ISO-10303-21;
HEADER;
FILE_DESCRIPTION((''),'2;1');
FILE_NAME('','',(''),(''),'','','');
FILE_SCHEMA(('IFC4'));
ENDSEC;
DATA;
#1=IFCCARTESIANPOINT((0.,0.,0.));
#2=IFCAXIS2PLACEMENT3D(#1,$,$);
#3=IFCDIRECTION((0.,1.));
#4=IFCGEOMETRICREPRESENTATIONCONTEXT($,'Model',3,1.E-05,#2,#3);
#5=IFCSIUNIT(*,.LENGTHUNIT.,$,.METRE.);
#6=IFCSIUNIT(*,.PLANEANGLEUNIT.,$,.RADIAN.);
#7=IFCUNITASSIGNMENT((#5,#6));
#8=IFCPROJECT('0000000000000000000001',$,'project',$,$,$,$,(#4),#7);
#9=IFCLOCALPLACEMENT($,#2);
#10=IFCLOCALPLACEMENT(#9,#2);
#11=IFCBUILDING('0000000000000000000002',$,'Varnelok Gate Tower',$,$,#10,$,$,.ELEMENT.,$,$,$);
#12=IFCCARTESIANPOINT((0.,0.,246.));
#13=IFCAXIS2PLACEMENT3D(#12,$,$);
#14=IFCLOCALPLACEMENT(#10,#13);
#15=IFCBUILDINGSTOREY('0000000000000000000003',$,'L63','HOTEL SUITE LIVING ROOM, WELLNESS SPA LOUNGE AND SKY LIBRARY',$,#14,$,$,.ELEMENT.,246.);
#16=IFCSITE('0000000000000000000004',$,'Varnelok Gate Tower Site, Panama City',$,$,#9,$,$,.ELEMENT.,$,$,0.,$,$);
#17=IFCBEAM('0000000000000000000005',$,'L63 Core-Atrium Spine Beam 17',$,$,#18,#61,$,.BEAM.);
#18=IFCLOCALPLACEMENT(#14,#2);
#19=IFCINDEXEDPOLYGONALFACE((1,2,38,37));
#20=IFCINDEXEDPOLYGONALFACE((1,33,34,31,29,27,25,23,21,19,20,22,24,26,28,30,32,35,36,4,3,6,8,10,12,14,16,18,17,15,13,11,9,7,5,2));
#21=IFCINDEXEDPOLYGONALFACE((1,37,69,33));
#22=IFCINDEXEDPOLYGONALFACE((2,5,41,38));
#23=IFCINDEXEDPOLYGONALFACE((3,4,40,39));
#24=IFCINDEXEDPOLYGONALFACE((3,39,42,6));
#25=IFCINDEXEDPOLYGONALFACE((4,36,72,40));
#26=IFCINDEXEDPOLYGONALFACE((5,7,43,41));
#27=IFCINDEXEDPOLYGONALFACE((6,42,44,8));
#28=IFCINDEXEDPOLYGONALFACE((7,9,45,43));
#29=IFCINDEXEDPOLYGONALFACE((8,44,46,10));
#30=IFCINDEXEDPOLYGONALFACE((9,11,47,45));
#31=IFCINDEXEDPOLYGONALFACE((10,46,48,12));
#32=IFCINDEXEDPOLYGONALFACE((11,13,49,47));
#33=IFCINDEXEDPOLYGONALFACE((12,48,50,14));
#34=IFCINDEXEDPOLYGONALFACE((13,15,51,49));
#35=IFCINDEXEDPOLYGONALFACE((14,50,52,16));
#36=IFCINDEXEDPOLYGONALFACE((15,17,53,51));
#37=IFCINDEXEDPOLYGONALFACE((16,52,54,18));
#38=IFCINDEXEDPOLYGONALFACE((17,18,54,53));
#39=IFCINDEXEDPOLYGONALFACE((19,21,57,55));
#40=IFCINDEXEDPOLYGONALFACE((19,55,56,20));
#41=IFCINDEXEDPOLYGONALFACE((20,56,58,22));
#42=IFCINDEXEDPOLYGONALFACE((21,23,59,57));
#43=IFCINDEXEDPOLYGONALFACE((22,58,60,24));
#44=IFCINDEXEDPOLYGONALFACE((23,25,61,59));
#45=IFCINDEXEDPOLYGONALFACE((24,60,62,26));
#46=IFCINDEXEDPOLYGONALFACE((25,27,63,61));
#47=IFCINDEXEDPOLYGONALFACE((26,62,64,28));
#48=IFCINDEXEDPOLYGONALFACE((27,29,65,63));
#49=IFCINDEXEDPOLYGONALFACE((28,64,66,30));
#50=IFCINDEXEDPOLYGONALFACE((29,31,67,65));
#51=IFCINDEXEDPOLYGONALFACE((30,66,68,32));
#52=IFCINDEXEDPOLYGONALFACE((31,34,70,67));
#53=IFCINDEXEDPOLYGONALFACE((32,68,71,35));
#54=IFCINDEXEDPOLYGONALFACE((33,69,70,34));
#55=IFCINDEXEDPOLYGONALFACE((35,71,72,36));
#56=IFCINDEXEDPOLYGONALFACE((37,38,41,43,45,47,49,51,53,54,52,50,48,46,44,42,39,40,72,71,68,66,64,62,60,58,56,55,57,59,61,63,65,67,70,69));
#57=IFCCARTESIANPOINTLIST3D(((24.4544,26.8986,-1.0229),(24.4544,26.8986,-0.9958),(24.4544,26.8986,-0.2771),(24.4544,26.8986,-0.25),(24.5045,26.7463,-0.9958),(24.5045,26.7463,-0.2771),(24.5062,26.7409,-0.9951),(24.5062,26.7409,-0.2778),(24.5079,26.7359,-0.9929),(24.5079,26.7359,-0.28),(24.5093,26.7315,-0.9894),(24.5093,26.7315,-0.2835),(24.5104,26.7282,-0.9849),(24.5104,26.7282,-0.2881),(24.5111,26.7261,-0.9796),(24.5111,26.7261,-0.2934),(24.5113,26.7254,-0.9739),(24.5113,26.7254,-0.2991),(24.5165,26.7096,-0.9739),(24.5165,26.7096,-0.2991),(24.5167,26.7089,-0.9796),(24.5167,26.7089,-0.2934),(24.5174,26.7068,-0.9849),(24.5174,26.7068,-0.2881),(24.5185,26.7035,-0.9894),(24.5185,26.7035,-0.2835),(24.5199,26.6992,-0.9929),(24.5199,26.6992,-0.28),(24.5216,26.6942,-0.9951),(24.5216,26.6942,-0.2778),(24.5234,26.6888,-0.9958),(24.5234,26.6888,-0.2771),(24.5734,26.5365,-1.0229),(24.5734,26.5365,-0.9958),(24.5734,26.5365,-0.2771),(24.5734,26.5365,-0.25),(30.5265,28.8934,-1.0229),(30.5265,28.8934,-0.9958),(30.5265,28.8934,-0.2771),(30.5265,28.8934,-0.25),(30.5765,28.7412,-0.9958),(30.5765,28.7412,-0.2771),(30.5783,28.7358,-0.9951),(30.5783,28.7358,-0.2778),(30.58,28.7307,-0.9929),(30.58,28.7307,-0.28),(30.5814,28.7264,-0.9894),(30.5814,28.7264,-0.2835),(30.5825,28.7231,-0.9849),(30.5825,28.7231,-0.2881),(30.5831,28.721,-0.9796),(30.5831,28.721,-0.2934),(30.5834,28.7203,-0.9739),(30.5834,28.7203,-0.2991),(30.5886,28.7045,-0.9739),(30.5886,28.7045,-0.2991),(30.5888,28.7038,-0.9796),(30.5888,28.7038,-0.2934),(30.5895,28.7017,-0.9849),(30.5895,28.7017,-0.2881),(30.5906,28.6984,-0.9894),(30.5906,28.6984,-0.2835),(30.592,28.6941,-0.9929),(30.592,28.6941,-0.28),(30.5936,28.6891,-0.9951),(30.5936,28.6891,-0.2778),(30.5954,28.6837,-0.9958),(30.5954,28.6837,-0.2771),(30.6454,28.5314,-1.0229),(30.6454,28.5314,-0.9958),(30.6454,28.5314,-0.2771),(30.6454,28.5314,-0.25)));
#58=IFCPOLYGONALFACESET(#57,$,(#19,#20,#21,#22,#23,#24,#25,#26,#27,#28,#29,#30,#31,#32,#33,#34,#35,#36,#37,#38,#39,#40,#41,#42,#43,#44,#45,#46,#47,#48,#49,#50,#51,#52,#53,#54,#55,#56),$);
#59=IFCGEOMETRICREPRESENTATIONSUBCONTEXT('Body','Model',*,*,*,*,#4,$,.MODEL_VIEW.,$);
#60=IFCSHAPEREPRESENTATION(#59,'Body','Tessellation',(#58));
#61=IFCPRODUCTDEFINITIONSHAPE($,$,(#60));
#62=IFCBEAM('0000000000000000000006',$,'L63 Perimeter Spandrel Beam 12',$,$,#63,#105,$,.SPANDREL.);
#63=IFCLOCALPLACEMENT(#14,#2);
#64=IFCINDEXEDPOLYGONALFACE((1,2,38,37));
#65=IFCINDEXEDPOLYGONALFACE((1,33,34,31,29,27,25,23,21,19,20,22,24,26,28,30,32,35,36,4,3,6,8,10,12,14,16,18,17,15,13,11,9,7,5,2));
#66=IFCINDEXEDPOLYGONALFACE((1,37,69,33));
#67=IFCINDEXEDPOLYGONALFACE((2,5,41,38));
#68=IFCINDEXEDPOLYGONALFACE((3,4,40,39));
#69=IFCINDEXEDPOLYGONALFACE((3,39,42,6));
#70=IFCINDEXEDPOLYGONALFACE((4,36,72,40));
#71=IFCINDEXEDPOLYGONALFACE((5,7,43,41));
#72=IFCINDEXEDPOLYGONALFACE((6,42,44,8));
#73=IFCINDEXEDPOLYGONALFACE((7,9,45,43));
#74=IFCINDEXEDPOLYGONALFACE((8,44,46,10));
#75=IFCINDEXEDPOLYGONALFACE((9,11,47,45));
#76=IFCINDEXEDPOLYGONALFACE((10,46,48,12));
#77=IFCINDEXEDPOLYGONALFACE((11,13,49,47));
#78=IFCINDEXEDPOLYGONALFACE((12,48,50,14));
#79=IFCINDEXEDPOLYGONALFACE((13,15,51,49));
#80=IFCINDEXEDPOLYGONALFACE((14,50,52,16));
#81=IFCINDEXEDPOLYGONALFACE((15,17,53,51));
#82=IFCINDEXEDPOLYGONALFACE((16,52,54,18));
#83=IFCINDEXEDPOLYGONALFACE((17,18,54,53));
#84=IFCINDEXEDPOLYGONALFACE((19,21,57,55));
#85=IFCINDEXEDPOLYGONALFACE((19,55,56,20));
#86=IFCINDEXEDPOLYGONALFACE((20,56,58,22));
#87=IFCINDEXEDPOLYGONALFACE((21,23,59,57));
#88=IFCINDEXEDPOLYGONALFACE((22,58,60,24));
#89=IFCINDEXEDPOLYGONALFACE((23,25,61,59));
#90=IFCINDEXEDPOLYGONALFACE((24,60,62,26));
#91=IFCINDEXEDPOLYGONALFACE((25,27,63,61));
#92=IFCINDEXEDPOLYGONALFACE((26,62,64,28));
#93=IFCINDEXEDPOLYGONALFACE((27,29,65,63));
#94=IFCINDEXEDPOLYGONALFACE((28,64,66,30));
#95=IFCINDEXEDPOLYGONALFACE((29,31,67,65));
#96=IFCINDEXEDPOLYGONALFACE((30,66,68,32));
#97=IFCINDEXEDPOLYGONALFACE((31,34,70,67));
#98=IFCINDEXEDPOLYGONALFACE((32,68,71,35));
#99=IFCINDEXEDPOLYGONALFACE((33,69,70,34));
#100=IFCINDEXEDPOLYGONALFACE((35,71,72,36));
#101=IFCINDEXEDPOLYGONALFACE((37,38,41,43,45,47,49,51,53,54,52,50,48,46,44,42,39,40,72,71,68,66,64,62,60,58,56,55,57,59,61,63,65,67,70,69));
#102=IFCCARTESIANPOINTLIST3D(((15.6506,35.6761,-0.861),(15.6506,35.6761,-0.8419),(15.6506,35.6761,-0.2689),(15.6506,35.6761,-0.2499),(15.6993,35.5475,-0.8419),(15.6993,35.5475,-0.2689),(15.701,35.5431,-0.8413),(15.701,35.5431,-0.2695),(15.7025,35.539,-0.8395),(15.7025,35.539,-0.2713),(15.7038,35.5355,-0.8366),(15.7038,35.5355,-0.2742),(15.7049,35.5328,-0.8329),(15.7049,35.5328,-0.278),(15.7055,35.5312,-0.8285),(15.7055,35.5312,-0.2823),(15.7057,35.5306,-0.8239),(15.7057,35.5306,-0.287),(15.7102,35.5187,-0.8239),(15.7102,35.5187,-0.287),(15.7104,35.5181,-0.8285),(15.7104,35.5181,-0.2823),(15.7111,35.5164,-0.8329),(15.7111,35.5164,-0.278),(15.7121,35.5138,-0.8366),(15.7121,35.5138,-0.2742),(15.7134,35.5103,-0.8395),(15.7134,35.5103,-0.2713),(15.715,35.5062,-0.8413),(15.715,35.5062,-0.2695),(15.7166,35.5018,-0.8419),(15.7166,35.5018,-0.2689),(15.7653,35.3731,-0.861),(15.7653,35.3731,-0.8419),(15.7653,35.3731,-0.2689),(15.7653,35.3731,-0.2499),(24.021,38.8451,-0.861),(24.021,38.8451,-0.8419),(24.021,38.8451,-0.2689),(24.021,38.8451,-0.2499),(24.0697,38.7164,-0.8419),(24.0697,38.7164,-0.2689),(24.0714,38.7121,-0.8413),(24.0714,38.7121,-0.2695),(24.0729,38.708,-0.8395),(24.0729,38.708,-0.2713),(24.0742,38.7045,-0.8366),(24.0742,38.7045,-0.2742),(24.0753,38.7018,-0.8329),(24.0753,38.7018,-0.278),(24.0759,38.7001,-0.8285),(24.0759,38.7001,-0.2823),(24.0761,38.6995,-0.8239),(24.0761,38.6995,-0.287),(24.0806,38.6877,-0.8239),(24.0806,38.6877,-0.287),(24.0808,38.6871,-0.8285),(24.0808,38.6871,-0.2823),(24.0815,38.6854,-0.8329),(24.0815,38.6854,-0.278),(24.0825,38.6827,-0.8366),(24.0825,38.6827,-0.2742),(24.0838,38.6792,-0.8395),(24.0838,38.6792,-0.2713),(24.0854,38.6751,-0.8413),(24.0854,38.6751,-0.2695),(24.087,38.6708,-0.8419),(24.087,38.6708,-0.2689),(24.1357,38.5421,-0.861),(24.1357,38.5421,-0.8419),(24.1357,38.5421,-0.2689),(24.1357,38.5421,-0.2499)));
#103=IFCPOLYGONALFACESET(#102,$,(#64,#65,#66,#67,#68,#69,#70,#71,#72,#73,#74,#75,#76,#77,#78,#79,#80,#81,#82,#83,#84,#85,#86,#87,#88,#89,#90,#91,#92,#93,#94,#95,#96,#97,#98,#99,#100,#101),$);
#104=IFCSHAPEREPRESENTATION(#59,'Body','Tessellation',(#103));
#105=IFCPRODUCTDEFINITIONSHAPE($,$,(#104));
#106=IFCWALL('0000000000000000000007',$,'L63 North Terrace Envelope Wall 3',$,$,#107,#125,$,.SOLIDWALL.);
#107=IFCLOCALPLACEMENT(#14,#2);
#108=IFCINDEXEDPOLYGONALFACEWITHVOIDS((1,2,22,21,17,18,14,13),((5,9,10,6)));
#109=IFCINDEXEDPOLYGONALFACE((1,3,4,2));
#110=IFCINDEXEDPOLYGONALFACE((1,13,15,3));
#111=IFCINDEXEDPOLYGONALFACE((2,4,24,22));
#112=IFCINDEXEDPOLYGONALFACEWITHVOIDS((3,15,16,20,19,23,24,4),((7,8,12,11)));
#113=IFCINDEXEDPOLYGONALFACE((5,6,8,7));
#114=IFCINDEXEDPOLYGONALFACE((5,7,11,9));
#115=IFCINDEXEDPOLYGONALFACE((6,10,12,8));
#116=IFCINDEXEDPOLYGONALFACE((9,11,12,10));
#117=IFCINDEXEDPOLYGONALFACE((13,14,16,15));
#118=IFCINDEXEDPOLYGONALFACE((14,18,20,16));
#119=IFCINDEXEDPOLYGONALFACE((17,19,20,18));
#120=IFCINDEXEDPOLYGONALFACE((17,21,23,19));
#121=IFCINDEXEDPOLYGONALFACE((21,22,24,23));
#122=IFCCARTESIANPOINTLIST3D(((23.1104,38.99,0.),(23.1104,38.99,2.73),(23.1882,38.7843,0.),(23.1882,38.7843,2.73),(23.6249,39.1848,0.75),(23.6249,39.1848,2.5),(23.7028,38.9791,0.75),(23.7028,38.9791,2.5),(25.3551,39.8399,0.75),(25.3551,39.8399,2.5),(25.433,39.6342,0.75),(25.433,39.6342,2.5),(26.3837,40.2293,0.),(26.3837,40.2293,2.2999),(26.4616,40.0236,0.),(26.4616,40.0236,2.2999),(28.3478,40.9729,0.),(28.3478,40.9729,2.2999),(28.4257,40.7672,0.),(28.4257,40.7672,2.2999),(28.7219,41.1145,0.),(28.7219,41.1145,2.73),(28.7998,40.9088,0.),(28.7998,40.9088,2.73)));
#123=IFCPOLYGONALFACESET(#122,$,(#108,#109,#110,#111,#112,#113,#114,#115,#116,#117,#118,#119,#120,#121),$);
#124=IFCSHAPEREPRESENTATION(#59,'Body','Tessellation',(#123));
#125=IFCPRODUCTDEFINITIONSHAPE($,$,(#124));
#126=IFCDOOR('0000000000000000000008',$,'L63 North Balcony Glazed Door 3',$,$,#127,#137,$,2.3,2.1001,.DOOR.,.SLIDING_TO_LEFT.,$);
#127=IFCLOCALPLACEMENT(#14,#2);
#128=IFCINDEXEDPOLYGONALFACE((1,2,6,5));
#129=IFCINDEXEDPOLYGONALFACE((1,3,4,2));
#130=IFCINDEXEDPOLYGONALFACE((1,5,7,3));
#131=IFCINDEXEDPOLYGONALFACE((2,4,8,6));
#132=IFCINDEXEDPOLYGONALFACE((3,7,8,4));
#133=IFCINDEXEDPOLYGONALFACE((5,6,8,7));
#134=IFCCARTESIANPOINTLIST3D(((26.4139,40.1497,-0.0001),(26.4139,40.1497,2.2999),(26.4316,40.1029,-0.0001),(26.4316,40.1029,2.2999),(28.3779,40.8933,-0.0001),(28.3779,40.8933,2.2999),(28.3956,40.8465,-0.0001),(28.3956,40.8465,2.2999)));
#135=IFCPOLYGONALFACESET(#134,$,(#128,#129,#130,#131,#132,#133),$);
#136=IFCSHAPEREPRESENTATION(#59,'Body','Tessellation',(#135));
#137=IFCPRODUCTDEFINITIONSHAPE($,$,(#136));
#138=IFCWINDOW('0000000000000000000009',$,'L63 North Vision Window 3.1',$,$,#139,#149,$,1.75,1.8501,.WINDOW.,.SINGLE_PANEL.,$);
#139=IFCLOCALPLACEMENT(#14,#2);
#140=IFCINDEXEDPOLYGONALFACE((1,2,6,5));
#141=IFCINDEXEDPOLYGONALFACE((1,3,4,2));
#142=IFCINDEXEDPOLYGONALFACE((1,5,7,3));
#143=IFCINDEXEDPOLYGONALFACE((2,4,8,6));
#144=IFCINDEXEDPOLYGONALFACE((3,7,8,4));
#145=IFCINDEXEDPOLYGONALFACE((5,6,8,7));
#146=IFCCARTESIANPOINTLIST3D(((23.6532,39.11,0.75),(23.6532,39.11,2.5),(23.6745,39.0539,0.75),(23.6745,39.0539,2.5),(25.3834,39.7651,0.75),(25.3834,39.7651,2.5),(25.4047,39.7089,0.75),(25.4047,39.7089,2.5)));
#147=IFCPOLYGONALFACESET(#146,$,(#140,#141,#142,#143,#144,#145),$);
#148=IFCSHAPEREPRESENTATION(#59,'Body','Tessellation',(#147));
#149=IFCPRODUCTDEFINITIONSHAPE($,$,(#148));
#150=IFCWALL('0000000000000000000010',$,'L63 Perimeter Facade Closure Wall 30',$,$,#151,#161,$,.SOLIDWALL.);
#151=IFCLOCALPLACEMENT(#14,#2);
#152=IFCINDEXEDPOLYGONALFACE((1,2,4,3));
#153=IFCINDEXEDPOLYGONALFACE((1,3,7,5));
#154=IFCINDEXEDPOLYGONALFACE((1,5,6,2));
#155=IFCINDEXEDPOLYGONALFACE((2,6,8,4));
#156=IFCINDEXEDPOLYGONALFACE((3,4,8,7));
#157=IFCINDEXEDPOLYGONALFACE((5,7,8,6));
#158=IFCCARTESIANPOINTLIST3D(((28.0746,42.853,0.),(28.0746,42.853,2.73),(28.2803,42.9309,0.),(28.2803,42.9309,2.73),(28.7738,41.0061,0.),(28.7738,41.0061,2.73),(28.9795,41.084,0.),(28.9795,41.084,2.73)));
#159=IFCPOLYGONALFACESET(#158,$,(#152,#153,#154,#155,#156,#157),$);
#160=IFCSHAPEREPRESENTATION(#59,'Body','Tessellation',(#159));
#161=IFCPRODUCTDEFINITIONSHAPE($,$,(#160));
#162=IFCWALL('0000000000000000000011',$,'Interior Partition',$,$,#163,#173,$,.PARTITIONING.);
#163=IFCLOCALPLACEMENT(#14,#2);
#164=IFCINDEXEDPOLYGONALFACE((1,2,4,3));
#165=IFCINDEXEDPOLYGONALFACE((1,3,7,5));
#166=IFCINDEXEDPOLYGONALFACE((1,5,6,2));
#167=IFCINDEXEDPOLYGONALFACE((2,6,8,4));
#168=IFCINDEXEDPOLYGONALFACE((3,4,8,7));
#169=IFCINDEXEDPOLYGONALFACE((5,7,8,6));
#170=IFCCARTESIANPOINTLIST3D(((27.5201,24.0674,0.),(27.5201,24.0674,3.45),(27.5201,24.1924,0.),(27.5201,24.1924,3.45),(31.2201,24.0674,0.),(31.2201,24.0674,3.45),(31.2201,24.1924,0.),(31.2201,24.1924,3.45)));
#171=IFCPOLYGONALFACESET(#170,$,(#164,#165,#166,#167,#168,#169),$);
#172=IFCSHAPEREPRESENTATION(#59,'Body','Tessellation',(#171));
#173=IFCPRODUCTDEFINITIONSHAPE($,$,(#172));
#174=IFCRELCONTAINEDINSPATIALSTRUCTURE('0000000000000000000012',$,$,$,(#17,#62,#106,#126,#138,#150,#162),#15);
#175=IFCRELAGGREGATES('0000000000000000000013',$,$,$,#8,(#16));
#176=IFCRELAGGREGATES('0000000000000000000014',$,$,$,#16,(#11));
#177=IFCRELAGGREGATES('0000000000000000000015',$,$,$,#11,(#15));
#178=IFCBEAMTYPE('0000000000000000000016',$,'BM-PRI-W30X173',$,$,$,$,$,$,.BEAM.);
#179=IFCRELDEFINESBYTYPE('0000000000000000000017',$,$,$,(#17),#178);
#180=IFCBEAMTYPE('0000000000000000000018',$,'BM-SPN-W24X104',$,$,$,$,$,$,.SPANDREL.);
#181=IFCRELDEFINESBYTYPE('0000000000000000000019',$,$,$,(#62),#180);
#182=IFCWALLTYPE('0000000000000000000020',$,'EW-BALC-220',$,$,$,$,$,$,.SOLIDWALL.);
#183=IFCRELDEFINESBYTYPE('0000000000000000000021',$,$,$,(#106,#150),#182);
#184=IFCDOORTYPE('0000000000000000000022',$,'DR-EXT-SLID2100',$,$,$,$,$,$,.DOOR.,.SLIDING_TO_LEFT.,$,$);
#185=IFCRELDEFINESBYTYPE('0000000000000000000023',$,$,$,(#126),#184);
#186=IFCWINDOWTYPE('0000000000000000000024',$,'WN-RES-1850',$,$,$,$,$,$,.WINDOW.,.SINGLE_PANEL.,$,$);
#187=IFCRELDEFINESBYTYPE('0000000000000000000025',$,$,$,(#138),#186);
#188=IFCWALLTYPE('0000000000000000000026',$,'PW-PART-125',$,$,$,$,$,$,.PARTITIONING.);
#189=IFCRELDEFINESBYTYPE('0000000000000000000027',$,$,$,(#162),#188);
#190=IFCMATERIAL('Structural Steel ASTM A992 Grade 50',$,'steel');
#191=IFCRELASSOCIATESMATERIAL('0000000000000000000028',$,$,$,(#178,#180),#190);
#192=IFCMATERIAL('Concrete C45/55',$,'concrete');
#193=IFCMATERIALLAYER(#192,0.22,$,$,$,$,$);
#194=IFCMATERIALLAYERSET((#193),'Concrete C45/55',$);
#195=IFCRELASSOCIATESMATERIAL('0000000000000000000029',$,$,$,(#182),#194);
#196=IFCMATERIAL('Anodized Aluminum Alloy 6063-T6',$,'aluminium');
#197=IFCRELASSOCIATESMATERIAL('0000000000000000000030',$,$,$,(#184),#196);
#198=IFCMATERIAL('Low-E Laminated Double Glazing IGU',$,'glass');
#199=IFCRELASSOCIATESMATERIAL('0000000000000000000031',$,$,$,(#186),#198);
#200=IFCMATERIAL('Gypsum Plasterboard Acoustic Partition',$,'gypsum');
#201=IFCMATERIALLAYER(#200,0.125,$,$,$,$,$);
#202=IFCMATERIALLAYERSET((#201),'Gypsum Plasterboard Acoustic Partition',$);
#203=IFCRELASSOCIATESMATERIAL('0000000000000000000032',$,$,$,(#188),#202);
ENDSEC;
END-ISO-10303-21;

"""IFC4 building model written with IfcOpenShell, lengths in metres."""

from ifc_helpers import new_model, si_unit, direction, frame, frame_2d, origin, origin_2d, place, context, subcontext, project, spatial, rectangle, i_section, extrude, material, layer, layer_set, material_profile, profile_set, type_object, element, fill, save


model = new_model("IFC4")

# Units and contexts
model_context = context("Model", 3, precision=1e-05, world=origin(), true_north=direction((0.0, 1.0)))
body_context = subcontext(model_context, "Body", "Model", "MODEL_VIEW")
ifc_project = project(units=[si_unit("LENGTHUNIT", "METRE"), si_unit("PLANEANGLEUNIT", "RADIAN")], contexts=[model_context])

# Site, building, storey
site_placement = place(None, origin())
site = spatial("IfcSite", under=ifc_project, at=site_placement, Name="Varnelok Gate Tower Site, Panama City", CompositionType="ELEMENT", RefElevation=0.0)
building_placement = place(site_placement, origin())
building = spatial("IfcBuilding", under=site, at=building_placement, Name="Varnelok Gate Tower", CompositionType="ELEMENT")
storey_placement = place(building_placement, frame((0.0, 0.0, 246.0)))
storey = spatial("IfcBuildingStorey", under=building, at=storey_placement, Name="L63", Description="HOTEL SUITE LIVING ROOM, WELLNESS SPA LOUNGE AND SKY LIBRARY", CompositionType="ELEMENT", Elevation=246.0)

# Shared definitions
ifc_material_1 = material(Name="Structural Steel ASTM A992 Grade 50", Category="steel")

# Beams
ifc_material_profile_1 = material_profile(ifc_material_1, i_section(OverallWidth=0.3811, OverallDepth=0.7729, WebThickness=0.0166, FlangeThickness=0.0271, FilletRadius=0.022, at=origin_2d()), Name="W30X173")
ifc_profile_set_1 = profile_set([ifc_material_profile_1], Name="Structural Steel ASTM A992 Grade 50")
beam_type_1 = type_object("IfcBeamType", Name="BM-PRI-W30X173", PredefinedType="BEAM", material=ifc_profile_set_1)
beam_1_placement = place(storey_placement, frame((24.5139, 26.7175, -0.6365), z_axis=(0.950042, 0.312122, 0.0), x_axis=(-0.312122, 0.950042, 0.0)))
element("IfcBeam", 1, at=beam_1_placement, inside=storey, type_object=beam_type_1, Name="L63 Core-Atrium Spine Beam 17", PredefinedType="BEAM", context=body_context, shape_type="SweptSolid", body=[
    extrude(i_section(OverallWidth=0.3811, OverallDepth=0.7729, WebThickness=0.0166, FlangeThickness=0.0271, FilletRadius=0.022, at=origin_2d()), origin(), (0.0, 0.0, 1.0), 6.3914),
])
ifc_material_profile_2 = material_profile(ifc_material_1, i_section(OverallWidth=0.324, OverallDepth=0.6111, WebThickness=0.0127, FlangeThickness=0.019, FilletRadius=0.0181, at=origin_2d()), Name="W24X104")
ifc_profile_set_2 = profile_set([ifc_material_profile_2], Name="Structural Steel ASTM A992 Grade 50")
beam_type_2 = type_object("IfcBeamType", Name="BM-SPN-W24X104", PredefinedType="SPANDREL", material=ifc_profile_set_2)
beam_2_placement = place(storey_placement, frame((24.0784, 38.6936, -0.5554), z_axis=(-0.93522, -0.354066, 0.0), x_axis=(0.354066, -0.93522, 0.0)))
element("IfcBeam", 2, at=beam_2_placement, inside=storey, type_object=beam_type_2, Name="L63 Perimeter Spandrel Beam 12", PredefinedType="SPANDREL", context=body_context, shape_type="SweptSolid", body=[
    extrude(i_section(OverallWidth=0.324, OverallDepth=0.6111, WebThickness=0.0127, FlangeThickness=0.019, FilletRadius=0.0181, at=origin_2d()), origin(), (0.0, 0.0, 1.0), 8.9502),
])

# Wall, openings, door, window
ifc_material_2 = material(Name="Concrete C45/55", Category="concrete")
ifc_layer_1 = layer(ifc_material_2, 0.22)
ifc_layer_set_1 = layer_set([ifc_layer_1], Name="Concrete C45/55")
wall_type_1 = type_object("IfcWallType", Name="EW-BALC-220", PredefinedType="SOLIDWALL", material=ifc_layer_set_1)
wall_1_placement = place(storey_placement, frame((23.1494, 38.8872, 0.0), z_axis=(0.0, 0.0, 1.0), x_axis=(0.935219, 0.354069, 0.0)))
wall_1 = element("IfcWall", 3, at=wall_1_placement, inside=storey, type_object=wall_type_1, Name="L63 North Terrace Envelope Wall 3", PredefinedType="SOLIDWALL", context=body_context, shape_type="SweptSolid", body=[
    extrude(rectangle(XDim=6.0002, YDim=0.22, at=frame_2d((3.0, 0.0))), origin(), (0.0, 0.0, 1.0), 2.73),
])
opening_1_placement = place(wall_1_placement, frame((3.5, 0.0, 0.0)))
opening_1 = element("IfcOpeningElement", 4, at=opening_1_placement, cuts=wall_1, PredefinedType="OPENING", context=body_context, shape_type="SweptSolid", body=[
    extrude(rectangle(XDim=2.1001, YDim=2.3, at=frame_2d((1.05, 1.1499))), frame((0.0, 0.1199, 0.0), z_axis=(0.0, -1.0, 0.0), x_axis=(1.0, 0.0, 0.0)), (0.0, 0.0, 1.0), 0.24),
])
opening_2_placement = place(wall_1_placement, frame((0.55, 0.0, 0.75)))
opening_2 = element("IfcOpeningElement", 5, at=opening_2_placement, cuts=wall_1, PredefinedType="OPENING", context=body_context, shape_type="SweptSolid", body=[
    extrude(rectangle(XDim=1.8501, YDim=1.75, at=frame_2d((0.925, 0.875))), frame((0.0, 0.1199, 0.0), z_axis=(0.0, -1.0, 0.0), x_axis=(1.0, 0.0, 0.0)), (0.0, 0.0, 1.0), 0.24),
])
ifc_material_3 = material(Name="Anodized Aluminum Alloy 6063-T6", Category="aluminium")
door_type_1 = type_object("IfcDoorType", Name="DR-EXT-SLID2100", OperationType="SLIDING_TO_LEFT", PredefinedType="DOOR", material=ifc_material_3)
door_1_placement = place(opening_1_placement, origin())
door_1 = element("IfcDoor", 6, at=door_1_placement, inside=storey, type_object=door_type_1, Name="L63 North Balcony Glazed Door 3", OperationType="SLIDING_TO_LEFT", OverallHeight=2.3, OverallWidth=2.1001, PredefinedType="DOOR", context=body_context, shape_type="SweptSolid", body=[
    extrude(rectangle(XDim=2.1001, YDim=2.3, at=frame_2d((1.05, 1.1499))), frame((0.0, 0.0249, 0.0), z_axis=(0.0, -1.0, 0.0), x_axis=(1.0, 0.0, 0.0)), (0.0, 0.0, 1.0), 0.05),
])
fill(opening_1, door_1)
ifc_material_4 = material(Name="Low-E Laminated Double Glazing IGU", Category="glass")
window_type = type_object("IfcWindowType", Name="WN-RES-1850", PartitioningType="SINGLE_PANEL", PredefinedType="WINDOW", material=ifc_material_4)
window_placement = place(opening_2_placement, origin())
window = element("IfcWindow", 7, at=window_placement, inside=storey, type_object=window_type, Name="L63 North Vision Window 3.1", OverallHeight=1.75, OverallWidth=1.8501, PartitioningType="SINGLE_PANEL", PredefinedType="WINDOW", context=body_context, shape_type="SweptSolid", body=[
    extrude(rectangle(XDim=1.8501, YDim=1.75, at=frame_2d((0.925, 0.875))), frame((0.0, 0.03, 0.0), z_axis=(0.0, -1.0, 0.0), x_axis=(1.0, 0.0, 0.0)), (0.0, 0.0, 1.0), 0.0601),
])
fill(opening_2, window)

# Walls
wall_2_placement = place(storey_placement, frame((28.1775, 42.8918, 0.0), z_axis=(0.0, 0.0, 1.0), x_axis=(0.354062, -0.935222, 0.0)))
element("IfcWall", 8, at=wall_2_placement, inside=storey, type_object=wall_type_1, Name="L63 Perimeter Facade Closure Wall 30", PredefinedType="SOLIDWALL", context=body_context, shape_type="SweptSolid", body=[
    extrude(rectangle(XDim=1.9749, YDim=0.22, at=frame_2d((0.9873, 0.0))), origin(), (0.0, 0.0, 1.0), 2.73),
])
ifc_material_5 = material(Name="Gypsum Plasterboard Acoustic Partition", Category="gypsum")
ifc_layer_2 = layer(ifc_material_5, 0.125)
ifc_layer_set_2 = layer_set([ifc_layer_2], Name="Gypsum Plasterboard Acoustic Partition")
wall_type_2 = type_object("IfcWallType", Name="PW-PART-125", PredefinedType="PARTITIONING", material=ifc_layer_set_2)
wall_3_placement = place(storey_placement, frame((27.52, 24.1299, 0.0), z_axis=(0.0, 0.0, 1.0), x_axis=(1.0, 0.0, 0.0)))
element("IfcWall", 9, at=wall_3_placement, inside=storey, type_object=wall_type_2, Name="Interior Partition", PredefinedType="PARTITIONING", context=body_context, shape_type="SweptSolid", body=[
    extrude(rectangle(XDim=3.7, YDim=0.125, at=frame_2d((1.8501, 0.0))), origin(), (0.0, 0.0, 1.0), 3.45),
])

save(model, "model.ifc")
